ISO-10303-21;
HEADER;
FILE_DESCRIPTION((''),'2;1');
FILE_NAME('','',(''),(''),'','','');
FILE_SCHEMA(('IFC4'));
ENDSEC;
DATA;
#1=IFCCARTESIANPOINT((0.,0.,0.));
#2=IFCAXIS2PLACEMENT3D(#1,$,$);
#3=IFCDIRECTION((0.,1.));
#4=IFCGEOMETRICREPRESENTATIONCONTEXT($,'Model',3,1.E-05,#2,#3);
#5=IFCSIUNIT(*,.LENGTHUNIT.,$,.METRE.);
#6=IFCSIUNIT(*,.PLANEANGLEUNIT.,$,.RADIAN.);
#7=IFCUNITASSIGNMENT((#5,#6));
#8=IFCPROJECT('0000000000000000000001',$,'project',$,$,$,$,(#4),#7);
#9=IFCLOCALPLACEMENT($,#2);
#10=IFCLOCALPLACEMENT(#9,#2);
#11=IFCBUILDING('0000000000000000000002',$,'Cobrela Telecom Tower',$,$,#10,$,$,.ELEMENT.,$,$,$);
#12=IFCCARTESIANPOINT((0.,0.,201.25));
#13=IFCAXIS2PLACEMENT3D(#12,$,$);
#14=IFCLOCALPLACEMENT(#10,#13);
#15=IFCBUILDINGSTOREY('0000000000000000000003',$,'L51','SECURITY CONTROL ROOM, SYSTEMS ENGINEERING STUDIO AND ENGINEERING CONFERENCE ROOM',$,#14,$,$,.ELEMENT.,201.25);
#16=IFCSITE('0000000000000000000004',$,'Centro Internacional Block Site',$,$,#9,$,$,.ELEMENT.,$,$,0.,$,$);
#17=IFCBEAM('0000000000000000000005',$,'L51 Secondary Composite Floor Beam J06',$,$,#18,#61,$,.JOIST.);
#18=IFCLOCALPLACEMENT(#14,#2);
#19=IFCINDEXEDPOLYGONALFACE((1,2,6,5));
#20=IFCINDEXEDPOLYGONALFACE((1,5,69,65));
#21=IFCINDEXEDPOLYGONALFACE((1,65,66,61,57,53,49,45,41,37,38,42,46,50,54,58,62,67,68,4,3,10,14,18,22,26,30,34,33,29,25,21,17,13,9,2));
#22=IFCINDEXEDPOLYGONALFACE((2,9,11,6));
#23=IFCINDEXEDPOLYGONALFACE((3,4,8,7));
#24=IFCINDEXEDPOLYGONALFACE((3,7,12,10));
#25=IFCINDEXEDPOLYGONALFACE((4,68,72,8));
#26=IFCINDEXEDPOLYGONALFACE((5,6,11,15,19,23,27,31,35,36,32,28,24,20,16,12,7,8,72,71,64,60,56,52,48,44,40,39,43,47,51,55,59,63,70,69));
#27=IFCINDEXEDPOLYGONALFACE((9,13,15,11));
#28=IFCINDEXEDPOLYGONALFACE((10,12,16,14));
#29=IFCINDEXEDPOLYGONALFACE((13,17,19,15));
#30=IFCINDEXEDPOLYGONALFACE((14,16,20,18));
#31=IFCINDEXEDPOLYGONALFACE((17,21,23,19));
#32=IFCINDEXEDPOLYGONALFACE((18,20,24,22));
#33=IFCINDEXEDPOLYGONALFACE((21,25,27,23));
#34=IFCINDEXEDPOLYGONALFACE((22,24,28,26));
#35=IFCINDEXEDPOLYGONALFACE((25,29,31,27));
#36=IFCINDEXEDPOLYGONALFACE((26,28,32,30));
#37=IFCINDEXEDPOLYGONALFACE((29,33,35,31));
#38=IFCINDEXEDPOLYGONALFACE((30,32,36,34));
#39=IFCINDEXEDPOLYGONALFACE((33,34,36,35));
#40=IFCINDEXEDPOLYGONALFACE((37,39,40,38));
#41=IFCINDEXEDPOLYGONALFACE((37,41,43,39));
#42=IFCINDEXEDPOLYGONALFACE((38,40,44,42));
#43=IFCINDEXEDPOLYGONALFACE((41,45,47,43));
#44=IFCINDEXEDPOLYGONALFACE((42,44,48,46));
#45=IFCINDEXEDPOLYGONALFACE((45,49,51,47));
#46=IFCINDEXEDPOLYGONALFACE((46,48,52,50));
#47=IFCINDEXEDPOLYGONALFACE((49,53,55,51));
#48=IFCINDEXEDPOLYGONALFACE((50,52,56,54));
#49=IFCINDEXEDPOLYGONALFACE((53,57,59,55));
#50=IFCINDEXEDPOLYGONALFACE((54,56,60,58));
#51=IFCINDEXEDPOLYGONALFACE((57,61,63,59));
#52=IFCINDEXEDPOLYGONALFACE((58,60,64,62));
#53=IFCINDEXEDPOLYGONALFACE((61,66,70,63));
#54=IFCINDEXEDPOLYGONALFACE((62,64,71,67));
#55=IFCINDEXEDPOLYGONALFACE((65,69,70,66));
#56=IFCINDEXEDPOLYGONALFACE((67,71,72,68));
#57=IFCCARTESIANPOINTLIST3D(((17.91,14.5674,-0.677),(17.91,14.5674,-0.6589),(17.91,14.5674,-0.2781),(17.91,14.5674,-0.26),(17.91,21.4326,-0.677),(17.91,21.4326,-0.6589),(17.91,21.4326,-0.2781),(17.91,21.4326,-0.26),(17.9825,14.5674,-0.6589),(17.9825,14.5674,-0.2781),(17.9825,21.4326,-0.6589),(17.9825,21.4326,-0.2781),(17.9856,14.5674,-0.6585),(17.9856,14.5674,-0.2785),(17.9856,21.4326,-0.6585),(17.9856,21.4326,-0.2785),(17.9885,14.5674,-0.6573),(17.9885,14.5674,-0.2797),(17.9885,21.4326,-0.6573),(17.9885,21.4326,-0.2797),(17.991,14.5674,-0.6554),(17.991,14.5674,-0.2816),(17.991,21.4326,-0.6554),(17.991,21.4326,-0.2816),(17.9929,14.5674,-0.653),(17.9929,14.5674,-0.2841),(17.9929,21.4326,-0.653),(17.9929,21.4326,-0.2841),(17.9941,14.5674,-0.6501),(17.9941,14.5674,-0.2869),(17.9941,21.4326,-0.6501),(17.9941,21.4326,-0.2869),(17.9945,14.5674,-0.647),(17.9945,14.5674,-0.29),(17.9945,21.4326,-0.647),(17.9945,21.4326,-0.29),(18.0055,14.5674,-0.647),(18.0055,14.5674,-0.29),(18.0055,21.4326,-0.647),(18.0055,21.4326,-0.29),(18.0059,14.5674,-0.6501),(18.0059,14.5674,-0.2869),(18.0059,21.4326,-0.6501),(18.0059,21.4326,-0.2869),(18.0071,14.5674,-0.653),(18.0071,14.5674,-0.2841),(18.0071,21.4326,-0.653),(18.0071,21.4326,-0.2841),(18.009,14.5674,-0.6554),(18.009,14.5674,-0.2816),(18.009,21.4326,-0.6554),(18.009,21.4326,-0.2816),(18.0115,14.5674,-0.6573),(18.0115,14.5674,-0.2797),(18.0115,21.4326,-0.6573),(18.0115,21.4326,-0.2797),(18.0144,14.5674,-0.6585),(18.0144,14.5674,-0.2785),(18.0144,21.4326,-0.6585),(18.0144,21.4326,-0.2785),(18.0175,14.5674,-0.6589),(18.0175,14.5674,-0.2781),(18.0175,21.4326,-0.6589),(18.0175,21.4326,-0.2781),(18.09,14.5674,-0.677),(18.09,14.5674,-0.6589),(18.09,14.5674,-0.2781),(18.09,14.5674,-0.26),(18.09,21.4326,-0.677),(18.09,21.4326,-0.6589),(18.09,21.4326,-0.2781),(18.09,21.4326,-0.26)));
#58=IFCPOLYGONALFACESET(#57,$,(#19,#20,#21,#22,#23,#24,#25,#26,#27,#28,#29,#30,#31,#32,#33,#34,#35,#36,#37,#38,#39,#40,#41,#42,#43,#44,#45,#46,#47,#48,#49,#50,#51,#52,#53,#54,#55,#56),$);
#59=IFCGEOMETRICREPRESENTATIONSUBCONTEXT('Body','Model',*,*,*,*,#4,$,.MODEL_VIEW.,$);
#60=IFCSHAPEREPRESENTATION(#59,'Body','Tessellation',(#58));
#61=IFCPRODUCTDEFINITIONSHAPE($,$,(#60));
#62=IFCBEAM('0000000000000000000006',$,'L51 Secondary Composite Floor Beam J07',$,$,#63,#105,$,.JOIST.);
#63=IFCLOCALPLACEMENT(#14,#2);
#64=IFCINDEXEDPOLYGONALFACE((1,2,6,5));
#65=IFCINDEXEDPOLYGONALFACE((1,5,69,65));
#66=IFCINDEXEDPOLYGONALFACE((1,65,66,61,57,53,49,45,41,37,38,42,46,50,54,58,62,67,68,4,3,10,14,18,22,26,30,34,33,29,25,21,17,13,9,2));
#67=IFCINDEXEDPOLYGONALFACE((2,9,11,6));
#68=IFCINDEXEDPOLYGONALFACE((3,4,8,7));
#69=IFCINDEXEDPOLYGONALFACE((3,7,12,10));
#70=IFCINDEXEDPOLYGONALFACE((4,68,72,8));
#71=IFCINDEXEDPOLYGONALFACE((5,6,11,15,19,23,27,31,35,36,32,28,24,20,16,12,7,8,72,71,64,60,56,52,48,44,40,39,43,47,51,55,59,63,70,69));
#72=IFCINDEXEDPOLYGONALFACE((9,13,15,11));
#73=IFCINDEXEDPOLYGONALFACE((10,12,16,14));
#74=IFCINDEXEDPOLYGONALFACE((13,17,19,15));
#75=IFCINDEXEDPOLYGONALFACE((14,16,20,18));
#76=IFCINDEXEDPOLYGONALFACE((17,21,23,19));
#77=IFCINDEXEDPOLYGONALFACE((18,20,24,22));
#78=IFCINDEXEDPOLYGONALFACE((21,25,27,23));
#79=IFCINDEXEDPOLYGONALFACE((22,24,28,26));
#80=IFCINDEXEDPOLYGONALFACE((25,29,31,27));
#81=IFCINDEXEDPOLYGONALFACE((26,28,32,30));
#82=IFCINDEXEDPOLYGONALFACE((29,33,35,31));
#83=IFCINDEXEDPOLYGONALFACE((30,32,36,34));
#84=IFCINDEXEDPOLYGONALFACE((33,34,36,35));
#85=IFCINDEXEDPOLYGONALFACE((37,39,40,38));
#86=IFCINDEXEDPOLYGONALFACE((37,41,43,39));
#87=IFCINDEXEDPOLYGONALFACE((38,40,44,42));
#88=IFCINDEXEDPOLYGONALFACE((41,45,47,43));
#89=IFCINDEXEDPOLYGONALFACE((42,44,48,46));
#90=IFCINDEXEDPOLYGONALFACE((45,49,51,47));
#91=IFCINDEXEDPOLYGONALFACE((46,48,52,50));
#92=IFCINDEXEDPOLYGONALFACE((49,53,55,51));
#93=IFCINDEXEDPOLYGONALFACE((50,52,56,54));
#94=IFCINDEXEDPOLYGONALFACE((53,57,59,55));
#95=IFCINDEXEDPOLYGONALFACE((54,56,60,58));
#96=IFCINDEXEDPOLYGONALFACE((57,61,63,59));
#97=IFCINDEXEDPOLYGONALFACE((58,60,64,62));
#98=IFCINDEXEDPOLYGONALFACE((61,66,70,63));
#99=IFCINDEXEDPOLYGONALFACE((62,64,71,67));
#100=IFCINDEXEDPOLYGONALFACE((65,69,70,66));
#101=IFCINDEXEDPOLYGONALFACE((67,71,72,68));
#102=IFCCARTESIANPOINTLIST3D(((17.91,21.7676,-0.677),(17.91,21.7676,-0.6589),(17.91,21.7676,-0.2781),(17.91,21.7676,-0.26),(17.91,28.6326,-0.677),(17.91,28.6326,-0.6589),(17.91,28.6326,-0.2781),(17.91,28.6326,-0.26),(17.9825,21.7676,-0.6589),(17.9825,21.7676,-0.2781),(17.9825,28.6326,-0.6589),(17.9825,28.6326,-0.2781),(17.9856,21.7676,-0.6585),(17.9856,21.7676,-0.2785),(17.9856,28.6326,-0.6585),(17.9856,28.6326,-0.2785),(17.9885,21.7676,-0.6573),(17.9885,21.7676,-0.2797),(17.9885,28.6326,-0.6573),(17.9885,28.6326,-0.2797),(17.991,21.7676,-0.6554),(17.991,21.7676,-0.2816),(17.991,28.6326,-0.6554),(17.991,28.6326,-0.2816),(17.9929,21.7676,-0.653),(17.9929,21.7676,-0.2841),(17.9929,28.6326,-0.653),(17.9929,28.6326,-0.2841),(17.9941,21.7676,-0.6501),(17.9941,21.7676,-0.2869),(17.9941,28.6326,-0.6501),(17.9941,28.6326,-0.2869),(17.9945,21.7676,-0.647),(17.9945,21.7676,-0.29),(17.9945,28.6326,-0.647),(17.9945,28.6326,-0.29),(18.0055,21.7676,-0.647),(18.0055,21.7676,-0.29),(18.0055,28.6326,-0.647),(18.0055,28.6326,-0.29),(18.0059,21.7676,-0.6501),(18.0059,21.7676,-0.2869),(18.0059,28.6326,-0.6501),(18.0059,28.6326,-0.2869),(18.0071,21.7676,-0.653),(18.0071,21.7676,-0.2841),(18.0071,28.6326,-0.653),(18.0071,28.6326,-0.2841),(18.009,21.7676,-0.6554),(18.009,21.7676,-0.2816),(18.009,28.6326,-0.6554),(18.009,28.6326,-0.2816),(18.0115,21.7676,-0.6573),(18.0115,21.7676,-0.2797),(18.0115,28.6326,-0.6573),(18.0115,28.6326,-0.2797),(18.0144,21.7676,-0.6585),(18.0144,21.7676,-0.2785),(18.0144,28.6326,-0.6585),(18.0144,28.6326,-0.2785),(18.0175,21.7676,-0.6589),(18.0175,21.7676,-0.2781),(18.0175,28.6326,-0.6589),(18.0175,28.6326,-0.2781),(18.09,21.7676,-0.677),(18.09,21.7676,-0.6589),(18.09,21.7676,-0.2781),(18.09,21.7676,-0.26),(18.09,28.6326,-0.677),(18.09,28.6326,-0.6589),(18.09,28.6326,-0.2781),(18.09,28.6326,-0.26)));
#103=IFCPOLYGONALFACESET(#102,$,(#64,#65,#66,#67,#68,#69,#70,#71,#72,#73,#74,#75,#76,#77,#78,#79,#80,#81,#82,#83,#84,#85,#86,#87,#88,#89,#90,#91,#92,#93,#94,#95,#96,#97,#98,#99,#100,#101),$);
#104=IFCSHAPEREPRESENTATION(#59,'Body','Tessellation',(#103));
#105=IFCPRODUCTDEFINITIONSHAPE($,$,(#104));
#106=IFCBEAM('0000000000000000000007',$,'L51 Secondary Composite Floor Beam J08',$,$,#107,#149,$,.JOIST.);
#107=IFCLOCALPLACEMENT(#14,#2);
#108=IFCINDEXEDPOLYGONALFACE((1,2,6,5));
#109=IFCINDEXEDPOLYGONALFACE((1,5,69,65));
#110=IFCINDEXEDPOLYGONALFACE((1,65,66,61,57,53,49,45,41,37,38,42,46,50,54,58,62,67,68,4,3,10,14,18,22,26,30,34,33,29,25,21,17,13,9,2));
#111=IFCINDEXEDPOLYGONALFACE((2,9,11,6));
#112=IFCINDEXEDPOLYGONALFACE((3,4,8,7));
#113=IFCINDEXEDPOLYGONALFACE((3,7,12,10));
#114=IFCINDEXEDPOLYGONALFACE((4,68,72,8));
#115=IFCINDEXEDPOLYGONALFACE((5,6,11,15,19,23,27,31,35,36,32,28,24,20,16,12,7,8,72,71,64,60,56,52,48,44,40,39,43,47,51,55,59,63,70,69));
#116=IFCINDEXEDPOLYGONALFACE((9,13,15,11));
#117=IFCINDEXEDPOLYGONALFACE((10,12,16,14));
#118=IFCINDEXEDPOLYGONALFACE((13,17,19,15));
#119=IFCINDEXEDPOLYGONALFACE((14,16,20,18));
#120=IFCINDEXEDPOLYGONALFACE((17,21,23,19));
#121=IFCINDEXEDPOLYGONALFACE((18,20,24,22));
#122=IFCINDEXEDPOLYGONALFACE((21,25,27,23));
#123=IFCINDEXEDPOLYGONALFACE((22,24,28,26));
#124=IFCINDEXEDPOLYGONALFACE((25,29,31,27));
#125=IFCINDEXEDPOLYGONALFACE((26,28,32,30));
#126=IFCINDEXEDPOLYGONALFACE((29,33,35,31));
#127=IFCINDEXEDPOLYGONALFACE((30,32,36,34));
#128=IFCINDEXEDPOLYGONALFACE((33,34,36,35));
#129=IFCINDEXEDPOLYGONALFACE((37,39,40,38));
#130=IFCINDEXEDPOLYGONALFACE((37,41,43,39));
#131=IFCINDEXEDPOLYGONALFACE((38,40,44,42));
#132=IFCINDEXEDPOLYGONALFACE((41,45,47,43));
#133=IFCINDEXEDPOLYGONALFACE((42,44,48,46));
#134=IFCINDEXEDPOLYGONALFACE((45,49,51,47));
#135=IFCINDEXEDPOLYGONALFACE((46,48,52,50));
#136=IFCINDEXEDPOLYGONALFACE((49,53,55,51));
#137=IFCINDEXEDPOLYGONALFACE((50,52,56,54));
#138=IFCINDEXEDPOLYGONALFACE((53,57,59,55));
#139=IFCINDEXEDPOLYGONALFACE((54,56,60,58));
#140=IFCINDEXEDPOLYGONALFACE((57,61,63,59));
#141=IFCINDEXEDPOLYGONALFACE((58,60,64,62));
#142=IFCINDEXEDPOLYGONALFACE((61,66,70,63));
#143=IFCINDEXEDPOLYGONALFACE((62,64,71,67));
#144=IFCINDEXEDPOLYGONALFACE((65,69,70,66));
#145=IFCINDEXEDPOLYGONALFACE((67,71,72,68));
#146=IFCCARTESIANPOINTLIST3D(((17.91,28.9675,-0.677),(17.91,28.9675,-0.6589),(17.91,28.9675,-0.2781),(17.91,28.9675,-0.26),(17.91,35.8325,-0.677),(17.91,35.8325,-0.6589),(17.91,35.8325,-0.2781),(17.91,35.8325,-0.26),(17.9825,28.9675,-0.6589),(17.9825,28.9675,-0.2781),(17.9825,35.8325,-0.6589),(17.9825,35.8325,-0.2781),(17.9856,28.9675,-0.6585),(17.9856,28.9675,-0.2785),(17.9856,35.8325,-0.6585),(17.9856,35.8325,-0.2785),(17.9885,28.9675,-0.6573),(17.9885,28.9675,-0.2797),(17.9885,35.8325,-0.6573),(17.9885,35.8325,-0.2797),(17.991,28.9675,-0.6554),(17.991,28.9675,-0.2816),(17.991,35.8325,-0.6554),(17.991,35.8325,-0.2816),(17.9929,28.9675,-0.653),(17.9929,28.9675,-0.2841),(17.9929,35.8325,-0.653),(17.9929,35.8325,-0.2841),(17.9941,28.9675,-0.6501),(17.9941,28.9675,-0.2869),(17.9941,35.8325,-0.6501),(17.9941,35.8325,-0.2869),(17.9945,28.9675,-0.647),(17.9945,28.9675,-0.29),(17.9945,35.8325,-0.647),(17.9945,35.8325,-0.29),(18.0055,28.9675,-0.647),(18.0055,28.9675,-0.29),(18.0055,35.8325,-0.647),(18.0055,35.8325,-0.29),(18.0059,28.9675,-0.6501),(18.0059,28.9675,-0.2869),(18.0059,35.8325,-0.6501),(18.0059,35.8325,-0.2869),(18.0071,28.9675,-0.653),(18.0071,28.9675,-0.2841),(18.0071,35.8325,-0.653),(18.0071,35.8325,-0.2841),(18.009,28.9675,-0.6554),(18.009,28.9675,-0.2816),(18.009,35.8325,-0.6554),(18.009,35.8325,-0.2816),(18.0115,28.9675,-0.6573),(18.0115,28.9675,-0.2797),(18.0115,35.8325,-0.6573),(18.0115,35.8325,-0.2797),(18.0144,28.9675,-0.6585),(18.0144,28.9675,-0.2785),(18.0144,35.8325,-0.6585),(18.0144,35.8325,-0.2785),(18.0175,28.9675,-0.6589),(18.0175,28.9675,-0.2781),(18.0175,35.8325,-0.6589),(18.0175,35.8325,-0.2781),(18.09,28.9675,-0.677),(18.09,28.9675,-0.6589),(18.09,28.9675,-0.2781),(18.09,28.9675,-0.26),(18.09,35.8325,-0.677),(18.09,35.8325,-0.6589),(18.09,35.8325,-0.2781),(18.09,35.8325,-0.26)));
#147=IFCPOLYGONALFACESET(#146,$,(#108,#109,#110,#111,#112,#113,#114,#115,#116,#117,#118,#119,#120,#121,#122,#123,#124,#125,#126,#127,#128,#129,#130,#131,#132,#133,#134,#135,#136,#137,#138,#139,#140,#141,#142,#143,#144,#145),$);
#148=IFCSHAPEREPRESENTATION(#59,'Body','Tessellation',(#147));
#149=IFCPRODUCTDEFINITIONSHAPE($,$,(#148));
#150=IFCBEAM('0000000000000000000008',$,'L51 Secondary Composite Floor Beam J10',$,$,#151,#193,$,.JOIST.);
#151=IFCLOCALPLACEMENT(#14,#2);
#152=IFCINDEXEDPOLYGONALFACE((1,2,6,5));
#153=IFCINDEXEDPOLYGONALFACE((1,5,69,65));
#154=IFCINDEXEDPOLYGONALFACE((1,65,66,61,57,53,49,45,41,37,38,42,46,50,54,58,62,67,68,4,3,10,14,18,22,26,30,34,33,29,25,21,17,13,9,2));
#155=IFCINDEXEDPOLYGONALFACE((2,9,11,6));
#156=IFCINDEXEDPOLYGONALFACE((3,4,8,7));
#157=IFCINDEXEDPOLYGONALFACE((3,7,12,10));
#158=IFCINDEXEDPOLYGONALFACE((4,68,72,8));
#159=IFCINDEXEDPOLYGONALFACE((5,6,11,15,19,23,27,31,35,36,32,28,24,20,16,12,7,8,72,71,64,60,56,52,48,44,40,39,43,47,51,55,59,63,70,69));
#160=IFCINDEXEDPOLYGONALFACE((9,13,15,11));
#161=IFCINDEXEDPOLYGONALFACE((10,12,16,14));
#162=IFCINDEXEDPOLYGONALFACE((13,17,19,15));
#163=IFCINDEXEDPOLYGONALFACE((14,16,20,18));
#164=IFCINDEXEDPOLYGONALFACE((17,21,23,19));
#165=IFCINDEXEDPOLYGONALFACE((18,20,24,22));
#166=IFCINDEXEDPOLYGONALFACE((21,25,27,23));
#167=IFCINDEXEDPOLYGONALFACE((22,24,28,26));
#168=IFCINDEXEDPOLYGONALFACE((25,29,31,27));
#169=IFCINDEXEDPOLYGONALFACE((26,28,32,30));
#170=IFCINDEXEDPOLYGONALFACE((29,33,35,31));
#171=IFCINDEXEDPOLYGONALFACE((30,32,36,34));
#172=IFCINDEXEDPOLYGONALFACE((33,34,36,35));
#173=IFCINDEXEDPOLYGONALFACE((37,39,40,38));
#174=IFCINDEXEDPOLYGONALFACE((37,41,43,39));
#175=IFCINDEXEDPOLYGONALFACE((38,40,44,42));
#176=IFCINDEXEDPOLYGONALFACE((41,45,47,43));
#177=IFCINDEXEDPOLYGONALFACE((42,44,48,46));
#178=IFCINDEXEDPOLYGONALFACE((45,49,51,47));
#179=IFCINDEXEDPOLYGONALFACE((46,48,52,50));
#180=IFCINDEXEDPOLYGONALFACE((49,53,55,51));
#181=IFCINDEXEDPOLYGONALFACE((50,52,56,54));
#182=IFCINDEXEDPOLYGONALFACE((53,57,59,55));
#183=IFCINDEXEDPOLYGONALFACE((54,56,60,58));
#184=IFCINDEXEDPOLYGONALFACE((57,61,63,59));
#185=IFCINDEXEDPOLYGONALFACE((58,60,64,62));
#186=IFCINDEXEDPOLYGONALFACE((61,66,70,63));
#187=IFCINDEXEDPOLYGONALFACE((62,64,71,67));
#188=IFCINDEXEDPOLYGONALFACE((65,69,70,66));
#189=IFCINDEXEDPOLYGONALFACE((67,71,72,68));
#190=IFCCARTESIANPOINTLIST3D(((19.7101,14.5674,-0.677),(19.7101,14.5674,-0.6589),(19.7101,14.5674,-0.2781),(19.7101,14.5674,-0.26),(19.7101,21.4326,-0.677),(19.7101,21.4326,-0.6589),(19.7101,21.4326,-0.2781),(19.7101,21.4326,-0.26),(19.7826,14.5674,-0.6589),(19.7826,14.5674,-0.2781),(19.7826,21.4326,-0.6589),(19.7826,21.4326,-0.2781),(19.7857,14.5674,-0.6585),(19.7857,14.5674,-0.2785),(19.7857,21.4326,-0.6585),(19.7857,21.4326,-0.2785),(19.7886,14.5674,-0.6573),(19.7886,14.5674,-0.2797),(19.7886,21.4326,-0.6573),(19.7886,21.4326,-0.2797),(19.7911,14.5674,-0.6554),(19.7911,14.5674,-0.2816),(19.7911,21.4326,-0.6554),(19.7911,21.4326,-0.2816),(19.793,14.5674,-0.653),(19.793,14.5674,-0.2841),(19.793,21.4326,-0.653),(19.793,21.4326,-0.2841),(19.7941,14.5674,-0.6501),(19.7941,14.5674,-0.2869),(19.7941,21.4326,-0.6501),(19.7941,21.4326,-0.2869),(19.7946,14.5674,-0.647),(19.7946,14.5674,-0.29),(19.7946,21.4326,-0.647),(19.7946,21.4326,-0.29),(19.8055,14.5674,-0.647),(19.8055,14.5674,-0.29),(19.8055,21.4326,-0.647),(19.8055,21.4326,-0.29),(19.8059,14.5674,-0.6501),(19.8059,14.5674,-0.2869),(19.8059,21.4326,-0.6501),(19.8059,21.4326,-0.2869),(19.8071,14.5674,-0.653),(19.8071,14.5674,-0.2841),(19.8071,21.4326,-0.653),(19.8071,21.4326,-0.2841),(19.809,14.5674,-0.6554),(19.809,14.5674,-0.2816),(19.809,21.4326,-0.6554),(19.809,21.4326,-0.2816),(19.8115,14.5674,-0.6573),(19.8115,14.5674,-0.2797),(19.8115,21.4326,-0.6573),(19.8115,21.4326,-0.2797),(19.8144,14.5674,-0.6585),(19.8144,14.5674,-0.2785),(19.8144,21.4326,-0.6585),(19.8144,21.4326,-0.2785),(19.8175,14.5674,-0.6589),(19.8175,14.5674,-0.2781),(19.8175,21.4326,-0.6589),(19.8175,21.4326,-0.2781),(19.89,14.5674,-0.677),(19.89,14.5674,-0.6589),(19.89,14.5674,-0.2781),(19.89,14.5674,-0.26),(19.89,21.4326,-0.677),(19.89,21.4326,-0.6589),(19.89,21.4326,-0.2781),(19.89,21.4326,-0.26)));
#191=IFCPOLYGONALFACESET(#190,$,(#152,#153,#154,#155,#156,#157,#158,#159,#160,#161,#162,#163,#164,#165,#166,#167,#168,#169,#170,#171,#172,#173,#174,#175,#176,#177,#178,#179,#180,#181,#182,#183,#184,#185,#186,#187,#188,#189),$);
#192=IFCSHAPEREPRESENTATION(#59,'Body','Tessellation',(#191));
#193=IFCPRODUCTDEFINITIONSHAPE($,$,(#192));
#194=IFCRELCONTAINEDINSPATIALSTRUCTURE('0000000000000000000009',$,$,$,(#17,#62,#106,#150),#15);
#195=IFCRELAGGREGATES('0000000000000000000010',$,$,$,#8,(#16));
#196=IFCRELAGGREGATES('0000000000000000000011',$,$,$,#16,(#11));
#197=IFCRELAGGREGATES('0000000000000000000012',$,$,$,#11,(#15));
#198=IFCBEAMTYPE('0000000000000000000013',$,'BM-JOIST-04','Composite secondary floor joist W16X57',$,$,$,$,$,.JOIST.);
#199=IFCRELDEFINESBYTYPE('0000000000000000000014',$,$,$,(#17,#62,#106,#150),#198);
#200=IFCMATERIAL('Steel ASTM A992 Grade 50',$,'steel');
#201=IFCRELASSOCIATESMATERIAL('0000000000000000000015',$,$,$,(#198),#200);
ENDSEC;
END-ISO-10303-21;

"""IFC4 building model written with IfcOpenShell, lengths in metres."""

from ifc_helpers import new_model, si_unit, direction, frame, origin, origin_2d, place, context, subcontext, project, spatial, i_section, extrude, material, material_profile, profile_set, type_object, element, save


model = new_model("IFC4")

# Units and contexts
model_context = context("Model", 3, precision=1e-05, world=origin(), true_north=direction((0.0, 1.0)))
body_context = subcontext(model_context, "Body", "Model", "MODEL_VIEW")
ifc_project = project(units=[si_unit("LENGTHUNIT", "METRE"), si_unit("PLANEANGLEUNIT", "RADIAN")], contexts=[model_context])

# Site, building, storey
site_placement = place(None, origin())
site = spatial("IfcSite", under=ifc_project, at=site_placement, Name="Centro Internacional Block Site", CompositionType="ELEMENT", RefElevation=0.0)
building_placement = place(site_placement, origin())
building = spatial("IfcBuilding", under=site, at=building_placement, Name="Cobrela Telecom Tower", CompositionType="ELEMENT")
storey_placement = place(building_placement, frame((0.0, 0.0, 201.25)))
storey = spatial("IfcBuildingStorey", under=building, at=storey_placement, Name="L51", Description="SECURITY CONTROL ROOM, SYSTEMS ENGINEERING STUDIO AND ENGINEERING CONFERENCE ROOM", CompositionType="ELEMENT", Elevation=201.25)

# Shared definitions
ifc_material_1 = material(Name="Steel ASTM A992 Grade 50", Category="steel")

# Beams
ifc_material_profile_1 = material_profile(ifc_material_1, i_section(OverallWidth=0.1799, OverallDepth=0.417, WebThickness=0.011, FlangeThickness=0.0181, FilletRadius=0.012, at=origin_2d()), Name="W16X57")
ifc_profile_set_1 = profile_set([ifc_material_profile_1], Name="Steel ASTM A992 Grade 50")
beam_type_1 = type_object("IfcBeamType", Name="BM-JOIST-04", Description="Composite secondary floor joist W16X57", PredefinedType="JOIST", material=ifc_profile_set_1)
beam_1_placement = place(storey_placement, frame((18.0, 14.5674, -0.4685), z_axis=(0.0, 1.0, 0.0), x_axis=(-1.0, 0.0, 0.0)))
element("IfcBeam", 1, at=beam_1_placement, inside=storey, type_object=beam_type_1, Name="L51 Secondary Composite Floor Beam J06", PredefinedType="JOIST", context=body_context, shape_type="SweptSolid", body=[
    extrude(i_section(OverallWidth=0.1799, OverallDepth=0.417, WebThickness=0.011, FlangeThickness=0.0181, FilletRadius=0.012, at=origin_2d()), origin(), (0.0, 0.0, 1.0), 6.8652),
])
for number, where, z_axis, x_axis, name in (
    (2, (18.0, 21.7676, -0.4685), (0.0, 1.0, 0.0), (-1.0, 0.0, 0.0), "L51 Secondary Composite Floor Beam J07"),
    (3, (18.0, 28.9675, -0.4685), (0.0, 1.0, 0.0), (-1.0, 0.0, 0.0), "L51 Secondary Composite Floor Beam J08"),
):
    element("IfcBeam", number, at=place(storey_placement, frame(where, z_axis=z_axis, x_axis=x_axis)), inside=storey, type_object=beam_type_1, Name=name, PredefinedType="JOIST", context=body_context, shape_type="SweptSolid", body=[
        extrude(i_section(OverallWidth=0.1799, OverallDepth=0.417, WebThickness=0.011, FlangeThickness=0.0181, FilletRadius=0.012, at=origin_2d()), origin(), (0.0, 0.0, 1.0), 6.865),
    ])
beam_2_placement = place(storey_placement, frame((19.8, 14.5674, -0.4685), z_axis=(0.0, 1.0, 0.0), x_axis=(-1.0, 0.0, 0.0)))
element("IfcBeam", 4, at=beam_2_placement, inside=storey, type_object=beam_type_1, Name="L51 Secondary Composite Floor Beam J10", PredefinedType="JOIST", context=body_context, shape_type="SweptSolid", body=[
    extrude(i_section(OverallWidth=0.1799, OverallDepth=0.417, WebThickness=0.011, FlangeThickness=0.0181, FilletRadius=0.012, at=origin_2d()), origin(), (0.0, 0.0, 1.0), 6.8652),
])

save(model, "model.ifc")
